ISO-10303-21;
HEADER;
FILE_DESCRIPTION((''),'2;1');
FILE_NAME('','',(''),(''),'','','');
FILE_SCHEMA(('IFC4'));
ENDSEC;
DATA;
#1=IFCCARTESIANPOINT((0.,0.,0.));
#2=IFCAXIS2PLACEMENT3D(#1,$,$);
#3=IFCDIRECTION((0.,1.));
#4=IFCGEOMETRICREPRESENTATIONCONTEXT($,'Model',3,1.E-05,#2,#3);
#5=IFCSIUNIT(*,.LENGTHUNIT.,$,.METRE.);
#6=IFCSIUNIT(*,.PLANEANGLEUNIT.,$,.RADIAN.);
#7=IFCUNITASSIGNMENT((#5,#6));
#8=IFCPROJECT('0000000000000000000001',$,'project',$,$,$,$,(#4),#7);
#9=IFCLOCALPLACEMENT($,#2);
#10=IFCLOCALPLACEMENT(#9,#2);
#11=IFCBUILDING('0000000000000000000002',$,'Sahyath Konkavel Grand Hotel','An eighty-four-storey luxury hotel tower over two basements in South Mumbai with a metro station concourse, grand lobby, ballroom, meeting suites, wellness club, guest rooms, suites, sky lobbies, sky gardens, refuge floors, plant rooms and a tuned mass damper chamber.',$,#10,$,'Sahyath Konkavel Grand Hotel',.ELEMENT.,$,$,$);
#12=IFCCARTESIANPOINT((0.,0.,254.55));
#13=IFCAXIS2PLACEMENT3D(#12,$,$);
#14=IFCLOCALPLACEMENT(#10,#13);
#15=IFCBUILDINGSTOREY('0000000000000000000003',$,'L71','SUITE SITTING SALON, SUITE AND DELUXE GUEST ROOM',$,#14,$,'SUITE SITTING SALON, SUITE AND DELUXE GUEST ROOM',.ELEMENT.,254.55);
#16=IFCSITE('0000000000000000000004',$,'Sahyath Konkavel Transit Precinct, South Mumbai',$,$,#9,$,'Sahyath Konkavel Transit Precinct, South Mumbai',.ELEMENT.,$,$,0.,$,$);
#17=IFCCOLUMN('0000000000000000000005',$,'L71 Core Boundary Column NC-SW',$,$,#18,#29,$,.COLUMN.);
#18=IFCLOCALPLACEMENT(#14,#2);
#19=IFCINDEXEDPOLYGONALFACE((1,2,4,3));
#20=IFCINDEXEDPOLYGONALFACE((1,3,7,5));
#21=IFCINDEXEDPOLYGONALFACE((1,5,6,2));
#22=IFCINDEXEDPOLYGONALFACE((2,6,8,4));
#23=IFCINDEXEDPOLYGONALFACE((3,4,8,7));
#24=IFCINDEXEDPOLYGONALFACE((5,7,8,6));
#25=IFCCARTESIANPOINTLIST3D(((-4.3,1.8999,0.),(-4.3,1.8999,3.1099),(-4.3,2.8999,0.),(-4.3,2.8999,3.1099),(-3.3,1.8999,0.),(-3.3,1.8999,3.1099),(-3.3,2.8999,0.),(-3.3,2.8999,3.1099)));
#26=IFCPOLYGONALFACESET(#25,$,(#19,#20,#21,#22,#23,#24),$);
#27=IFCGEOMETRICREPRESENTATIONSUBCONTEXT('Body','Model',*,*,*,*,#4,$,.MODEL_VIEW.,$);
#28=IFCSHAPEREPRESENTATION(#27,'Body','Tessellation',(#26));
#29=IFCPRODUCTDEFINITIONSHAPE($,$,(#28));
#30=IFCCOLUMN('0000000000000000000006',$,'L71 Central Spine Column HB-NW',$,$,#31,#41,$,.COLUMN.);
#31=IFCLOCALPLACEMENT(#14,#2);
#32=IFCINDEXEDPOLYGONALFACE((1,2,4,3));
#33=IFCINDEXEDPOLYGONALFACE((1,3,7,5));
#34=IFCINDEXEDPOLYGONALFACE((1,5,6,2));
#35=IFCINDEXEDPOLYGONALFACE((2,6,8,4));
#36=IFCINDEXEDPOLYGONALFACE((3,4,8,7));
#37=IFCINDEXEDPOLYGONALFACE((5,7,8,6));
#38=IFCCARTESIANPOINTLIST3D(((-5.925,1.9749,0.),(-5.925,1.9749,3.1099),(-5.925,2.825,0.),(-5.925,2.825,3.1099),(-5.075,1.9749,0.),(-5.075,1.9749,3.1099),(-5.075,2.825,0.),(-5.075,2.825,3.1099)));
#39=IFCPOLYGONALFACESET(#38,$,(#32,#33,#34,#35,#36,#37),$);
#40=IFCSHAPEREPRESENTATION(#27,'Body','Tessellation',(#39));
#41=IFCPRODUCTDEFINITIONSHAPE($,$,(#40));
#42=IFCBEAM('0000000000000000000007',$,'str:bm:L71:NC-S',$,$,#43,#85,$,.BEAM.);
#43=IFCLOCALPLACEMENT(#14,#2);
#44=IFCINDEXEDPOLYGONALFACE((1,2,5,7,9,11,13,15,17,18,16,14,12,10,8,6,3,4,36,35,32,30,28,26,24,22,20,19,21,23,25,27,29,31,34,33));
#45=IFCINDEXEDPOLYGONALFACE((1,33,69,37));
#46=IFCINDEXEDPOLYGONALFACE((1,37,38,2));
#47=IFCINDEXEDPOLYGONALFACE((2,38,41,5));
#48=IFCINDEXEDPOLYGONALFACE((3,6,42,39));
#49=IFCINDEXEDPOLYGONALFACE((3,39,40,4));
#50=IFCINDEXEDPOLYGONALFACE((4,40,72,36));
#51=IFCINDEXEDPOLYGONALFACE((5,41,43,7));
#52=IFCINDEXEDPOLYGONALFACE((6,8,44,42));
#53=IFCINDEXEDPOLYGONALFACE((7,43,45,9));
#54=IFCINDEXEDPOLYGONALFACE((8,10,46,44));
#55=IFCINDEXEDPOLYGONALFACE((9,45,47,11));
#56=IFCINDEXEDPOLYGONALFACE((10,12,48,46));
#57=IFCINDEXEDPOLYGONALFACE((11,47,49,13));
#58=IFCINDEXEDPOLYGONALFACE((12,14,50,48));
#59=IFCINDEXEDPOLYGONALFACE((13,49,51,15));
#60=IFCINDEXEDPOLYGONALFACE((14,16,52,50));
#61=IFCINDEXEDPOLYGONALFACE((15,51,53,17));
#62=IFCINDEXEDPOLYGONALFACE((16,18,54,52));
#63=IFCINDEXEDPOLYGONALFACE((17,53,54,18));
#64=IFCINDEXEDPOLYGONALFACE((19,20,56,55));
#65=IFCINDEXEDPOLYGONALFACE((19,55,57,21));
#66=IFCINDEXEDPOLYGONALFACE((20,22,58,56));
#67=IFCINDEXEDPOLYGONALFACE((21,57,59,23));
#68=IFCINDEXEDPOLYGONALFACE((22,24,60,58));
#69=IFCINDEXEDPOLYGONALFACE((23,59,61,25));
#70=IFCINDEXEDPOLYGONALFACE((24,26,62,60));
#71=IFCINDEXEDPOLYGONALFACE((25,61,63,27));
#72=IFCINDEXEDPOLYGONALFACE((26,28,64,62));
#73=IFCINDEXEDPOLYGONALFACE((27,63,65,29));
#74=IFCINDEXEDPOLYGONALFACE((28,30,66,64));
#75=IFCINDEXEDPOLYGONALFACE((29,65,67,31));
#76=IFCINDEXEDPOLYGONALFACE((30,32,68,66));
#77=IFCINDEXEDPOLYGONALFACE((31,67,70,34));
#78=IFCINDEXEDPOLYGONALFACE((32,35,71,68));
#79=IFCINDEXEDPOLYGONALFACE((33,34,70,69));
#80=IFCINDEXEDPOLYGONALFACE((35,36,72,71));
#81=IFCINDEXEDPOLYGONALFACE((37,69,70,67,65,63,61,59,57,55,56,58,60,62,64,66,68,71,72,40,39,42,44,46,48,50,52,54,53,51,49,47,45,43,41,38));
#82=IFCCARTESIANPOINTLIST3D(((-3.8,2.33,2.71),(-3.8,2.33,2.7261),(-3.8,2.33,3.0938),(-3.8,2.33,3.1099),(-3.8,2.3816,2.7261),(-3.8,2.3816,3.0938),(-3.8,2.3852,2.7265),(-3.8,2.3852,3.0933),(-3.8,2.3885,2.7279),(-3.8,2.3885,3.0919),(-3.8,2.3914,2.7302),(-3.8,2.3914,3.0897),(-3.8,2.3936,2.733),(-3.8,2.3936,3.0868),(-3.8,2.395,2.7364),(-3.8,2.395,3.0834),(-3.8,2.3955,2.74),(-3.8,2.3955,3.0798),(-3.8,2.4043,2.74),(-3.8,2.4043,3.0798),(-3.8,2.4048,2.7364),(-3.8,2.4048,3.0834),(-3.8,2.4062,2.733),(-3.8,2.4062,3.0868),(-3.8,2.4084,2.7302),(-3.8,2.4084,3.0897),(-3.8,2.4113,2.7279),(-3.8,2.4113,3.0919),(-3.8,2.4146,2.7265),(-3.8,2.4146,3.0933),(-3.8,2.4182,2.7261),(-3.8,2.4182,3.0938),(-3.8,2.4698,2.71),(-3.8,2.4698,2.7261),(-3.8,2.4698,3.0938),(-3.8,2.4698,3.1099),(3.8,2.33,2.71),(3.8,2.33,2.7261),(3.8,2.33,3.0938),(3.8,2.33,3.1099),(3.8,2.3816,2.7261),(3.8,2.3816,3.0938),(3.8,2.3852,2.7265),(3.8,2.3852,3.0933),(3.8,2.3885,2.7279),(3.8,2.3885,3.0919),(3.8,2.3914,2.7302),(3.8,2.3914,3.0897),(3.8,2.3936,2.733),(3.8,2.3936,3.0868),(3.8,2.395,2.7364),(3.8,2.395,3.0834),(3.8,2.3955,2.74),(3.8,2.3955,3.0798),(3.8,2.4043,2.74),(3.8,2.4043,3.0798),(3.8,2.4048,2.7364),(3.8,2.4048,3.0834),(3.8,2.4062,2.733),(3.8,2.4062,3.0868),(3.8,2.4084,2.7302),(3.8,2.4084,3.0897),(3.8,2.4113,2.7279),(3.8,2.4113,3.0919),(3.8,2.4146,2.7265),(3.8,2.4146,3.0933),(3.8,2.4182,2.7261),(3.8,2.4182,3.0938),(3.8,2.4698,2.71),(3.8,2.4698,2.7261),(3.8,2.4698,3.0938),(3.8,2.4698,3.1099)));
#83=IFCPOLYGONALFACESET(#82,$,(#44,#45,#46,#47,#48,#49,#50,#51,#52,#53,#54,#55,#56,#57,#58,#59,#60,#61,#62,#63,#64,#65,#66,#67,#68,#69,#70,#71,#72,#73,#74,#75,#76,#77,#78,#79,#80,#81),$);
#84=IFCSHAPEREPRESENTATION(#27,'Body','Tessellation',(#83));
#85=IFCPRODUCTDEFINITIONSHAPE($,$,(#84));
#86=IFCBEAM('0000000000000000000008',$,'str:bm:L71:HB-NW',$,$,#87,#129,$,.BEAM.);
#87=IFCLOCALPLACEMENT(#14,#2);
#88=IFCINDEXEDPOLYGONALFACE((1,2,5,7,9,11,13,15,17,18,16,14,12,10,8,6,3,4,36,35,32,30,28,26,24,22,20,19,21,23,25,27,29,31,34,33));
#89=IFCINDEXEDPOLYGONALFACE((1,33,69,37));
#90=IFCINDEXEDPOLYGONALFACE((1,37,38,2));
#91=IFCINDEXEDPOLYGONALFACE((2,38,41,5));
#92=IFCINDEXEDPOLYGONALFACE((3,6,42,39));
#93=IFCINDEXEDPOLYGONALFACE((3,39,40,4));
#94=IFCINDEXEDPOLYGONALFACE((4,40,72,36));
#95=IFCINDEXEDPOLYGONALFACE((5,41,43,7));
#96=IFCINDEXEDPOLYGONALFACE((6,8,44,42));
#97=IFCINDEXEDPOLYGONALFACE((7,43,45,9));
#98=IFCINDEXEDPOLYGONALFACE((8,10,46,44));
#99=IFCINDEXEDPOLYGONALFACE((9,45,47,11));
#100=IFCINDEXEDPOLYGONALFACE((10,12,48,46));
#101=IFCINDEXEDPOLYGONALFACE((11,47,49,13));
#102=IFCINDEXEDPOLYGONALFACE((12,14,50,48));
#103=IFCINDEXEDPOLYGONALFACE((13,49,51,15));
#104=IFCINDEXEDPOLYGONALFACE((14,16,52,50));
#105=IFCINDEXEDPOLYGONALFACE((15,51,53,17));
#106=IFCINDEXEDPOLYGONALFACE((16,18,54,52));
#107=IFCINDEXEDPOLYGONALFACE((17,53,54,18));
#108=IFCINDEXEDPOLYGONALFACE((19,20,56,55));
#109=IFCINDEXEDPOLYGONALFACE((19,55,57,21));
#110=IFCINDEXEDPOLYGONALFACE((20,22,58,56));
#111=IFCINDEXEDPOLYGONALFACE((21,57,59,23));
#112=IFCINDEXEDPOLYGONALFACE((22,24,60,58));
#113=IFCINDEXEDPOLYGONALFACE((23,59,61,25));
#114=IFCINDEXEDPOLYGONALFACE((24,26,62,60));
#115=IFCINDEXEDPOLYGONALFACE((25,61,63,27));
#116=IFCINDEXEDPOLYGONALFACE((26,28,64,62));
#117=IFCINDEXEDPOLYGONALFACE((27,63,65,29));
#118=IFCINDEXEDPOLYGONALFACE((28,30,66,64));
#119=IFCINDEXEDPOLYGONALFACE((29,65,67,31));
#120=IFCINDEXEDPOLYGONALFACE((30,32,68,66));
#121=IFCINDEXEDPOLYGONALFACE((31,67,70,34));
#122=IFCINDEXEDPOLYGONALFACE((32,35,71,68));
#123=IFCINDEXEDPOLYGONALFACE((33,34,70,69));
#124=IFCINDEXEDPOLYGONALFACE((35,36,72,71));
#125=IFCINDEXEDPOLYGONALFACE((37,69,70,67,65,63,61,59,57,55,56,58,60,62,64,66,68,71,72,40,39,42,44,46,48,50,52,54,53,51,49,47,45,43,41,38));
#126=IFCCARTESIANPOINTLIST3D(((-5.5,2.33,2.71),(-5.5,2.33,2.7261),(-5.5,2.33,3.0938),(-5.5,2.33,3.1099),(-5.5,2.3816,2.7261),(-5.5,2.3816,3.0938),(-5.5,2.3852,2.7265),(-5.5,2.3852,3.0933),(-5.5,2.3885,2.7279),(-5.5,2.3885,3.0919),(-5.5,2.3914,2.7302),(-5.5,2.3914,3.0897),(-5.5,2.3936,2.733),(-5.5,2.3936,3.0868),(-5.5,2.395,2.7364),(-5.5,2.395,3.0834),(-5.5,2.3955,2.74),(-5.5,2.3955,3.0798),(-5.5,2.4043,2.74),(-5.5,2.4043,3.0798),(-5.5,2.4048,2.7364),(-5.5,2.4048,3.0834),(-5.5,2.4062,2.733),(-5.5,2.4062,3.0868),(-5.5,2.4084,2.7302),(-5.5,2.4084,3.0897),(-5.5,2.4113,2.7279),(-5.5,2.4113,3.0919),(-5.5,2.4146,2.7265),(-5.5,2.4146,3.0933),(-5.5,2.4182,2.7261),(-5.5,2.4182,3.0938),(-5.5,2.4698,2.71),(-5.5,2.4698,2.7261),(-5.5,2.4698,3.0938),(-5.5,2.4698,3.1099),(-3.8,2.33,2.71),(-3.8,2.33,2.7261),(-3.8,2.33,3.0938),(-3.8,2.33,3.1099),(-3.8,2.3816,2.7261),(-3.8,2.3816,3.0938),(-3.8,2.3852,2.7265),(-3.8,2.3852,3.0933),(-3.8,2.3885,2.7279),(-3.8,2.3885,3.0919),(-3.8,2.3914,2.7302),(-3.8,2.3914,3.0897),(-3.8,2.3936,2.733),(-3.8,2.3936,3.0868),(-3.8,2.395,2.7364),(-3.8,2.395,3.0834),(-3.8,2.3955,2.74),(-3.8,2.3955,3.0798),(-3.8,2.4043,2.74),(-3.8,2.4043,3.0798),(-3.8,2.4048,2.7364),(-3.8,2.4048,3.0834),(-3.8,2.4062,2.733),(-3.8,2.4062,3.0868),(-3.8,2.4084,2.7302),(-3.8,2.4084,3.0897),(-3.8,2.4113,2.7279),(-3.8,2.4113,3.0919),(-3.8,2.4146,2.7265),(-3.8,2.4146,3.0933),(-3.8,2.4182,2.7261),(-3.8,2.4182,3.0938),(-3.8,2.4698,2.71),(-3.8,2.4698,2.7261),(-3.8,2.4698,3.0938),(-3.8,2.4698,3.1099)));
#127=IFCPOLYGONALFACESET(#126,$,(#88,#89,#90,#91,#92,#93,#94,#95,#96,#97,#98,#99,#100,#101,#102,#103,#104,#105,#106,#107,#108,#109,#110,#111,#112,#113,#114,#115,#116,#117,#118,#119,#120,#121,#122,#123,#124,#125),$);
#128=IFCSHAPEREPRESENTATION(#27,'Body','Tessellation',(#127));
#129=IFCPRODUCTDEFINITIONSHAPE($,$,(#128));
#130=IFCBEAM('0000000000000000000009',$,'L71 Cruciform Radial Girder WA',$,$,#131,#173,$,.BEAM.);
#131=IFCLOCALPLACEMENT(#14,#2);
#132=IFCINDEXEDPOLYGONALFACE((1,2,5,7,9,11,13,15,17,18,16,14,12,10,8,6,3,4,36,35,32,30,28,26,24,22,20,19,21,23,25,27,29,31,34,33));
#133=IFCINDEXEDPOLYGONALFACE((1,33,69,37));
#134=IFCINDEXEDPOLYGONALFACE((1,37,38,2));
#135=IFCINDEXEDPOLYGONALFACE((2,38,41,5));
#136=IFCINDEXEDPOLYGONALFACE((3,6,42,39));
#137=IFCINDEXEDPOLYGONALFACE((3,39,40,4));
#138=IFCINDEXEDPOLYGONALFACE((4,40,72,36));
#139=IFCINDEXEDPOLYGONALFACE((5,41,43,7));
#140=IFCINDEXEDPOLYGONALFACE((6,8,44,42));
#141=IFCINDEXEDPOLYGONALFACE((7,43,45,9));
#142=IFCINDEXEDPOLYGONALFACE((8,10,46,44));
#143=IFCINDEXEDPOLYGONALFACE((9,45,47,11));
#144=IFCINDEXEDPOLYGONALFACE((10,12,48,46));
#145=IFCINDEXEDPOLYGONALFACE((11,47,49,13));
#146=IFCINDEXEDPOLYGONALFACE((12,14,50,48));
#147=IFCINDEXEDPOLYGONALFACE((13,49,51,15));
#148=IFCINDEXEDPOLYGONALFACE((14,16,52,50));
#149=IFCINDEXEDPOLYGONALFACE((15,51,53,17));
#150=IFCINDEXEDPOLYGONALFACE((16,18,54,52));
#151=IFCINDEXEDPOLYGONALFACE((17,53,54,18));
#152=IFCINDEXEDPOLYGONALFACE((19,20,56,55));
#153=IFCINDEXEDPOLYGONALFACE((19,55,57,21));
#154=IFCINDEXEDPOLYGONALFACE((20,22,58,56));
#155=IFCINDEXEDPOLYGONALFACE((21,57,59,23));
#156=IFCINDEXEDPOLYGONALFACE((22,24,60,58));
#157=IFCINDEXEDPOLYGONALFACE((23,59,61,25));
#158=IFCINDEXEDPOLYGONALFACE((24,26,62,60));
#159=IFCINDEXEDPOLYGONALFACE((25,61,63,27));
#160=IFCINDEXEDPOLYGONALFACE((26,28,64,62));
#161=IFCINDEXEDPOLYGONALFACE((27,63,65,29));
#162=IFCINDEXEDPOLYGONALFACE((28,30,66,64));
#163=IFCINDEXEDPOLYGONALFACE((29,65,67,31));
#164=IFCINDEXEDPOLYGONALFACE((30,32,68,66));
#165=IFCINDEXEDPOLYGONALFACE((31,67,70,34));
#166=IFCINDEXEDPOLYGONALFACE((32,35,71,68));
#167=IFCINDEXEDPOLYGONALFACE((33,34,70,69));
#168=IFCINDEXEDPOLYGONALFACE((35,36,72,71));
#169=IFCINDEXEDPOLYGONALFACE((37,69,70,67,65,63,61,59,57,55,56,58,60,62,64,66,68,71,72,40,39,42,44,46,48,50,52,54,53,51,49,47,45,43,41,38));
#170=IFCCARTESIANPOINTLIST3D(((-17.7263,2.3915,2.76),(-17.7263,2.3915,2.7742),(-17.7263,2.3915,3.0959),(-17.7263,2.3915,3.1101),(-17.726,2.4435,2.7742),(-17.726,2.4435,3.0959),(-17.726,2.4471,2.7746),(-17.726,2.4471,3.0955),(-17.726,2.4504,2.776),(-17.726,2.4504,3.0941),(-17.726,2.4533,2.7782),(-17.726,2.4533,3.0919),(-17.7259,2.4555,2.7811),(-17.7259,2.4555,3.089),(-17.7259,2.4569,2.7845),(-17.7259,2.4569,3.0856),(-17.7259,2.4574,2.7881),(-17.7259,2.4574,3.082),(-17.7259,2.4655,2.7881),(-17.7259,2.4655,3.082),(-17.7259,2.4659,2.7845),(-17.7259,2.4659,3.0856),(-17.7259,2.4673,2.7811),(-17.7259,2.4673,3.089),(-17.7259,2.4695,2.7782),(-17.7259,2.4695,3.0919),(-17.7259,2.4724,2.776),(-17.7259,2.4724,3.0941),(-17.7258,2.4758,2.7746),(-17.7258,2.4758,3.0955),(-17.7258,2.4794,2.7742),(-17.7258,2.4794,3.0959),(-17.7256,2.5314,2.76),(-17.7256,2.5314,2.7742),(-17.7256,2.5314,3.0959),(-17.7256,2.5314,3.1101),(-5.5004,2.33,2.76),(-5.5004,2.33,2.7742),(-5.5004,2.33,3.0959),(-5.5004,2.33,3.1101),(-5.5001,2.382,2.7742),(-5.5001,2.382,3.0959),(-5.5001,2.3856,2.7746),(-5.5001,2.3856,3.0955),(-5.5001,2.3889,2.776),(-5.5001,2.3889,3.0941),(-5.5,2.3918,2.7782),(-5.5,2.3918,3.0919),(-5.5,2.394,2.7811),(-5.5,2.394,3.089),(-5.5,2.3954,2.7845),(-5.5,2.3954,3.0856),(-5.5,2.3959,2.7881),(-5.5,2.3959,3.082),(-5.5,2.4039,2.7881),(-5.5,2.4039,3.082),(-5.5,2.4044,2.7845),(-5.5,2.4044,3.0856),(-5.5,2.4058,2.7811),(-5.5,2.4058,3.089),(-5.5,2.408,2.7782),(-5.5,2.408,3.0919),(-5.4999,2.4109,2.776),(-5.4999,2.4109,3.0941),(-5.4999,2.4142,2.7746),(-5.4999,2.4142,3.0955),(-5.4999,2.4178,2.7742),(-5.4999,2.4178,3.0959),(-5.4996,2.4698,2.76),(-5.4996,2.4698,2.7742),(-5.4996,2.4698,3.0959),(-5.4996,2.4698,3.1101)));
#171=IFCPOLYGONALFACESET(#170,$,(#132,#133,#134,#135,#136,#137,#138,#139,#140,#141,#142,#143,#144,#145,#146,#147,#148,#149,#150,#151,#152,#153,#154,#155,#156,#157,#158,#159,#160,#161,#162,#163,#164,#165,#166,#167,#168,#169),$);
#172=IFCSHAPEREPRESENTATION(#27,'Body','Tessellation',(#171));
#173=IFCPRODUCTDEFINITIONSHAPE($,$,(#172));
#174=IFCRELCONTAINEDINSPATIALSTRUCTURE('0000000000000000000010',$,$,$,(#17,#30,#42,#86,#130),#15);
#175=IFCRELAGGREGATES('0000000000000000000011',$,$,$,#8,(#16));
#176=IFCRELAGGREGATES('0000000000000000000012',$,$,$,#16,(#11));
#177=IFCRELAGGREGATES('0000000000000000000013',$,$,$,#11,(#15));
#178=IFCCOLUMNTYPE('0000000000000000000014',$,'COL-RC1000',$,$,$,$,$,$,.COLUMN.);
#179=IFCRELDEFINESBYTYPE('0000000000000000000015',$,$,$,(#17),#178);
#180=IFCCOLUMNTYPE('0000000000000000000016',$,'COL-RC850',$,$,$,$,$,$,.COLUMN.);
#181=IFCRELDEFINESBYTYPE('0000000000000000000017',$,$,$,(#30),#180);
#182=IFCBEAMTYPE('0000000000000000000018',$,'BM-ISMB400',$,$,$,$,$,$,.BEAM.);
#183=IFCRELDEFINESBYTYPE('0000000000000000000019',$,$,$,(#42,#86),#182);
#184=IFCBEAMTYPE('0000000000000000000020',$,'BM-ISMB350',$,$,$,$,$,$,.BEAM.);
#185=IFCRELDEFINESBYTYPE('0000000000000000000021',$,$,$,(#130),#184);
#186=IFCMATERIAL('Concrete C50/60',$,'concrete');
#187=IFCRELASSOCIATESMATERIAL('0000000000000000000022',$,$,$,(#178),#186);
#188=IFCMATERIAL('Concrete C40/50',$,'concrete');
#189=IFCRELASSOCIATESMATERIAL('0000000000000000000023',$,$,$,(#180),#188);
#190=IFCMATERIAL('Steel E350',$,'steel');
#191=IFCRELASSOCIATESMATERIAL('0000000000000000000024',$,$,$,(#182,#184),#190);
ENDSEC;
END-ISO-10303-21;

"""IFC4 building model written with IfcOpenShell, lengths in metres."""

from ifc_helpers import new_model, si_unit, direction, frame, origin, origin_2d, place, context, subcontext, project, spatial, rectangle, i_section, extrude, source, transform, mapped, material, material_profile, profile_set, type_object, element, save


model = new_model("IFC4")

# Units and contexts
model_context = context("Model", 3, precision=1e-05, world=origin(), true_north=direction((0.0, 1.0)))
body_context = subcontext(model_context, "Body", "Model", "MODEL_VIEW")
ifc_project = project(units=[si_unit("LENGTHUNIT", "METRE"), si_unit("PLANEANGLEUNIT", "RADIAN")], contexts=[model_context])

# Site, building, storey
site_placement = place(None, origin())
site = spatial("IfcSite", under=ifc_project, at=site_placement, Name="Sahyath Konkavel Transit Precinct, South Mumbai", LongName="Sahyath Konkavel Transit Precinct, South Mumbai", CompositionType="ELEMENT", RefElevation=0.0)
building_placement = place(site_placement, origin())
building = spatial("IfcBuilding", under=site, at=building_placement, Name="Sahyath Konkavel Grand Hotel", Description="An eighty-four-storey luxury hotel tower over two basements in South Mumbai with a metro station concourse, grand lobby, ballroom, meeting suites, wellness club, guest rooms, suites, sky lobbies, sky gardens, refuge floors, plant rooms and a tuned mass damper chamber.", LongName="Sahyath Konkavel Grand Hotel", CompositionType="ELEMENT")
storey_placement = place(building_placement, frame((0.0, 0.0, 254.55)))
storey = spatial("IfcBuildingStorey", under=building, at=storey_placement, Name="L71", Description="SUITE SITTING SALON, SUITE AND DELUXE GUEST ROOM", LongName="SUITE SITTING SALON, SUITE AND DELUXE GUEST ROOM", CompositionType="ELEMENT", Elevation=254.55)

# Columns
ifc_material_1 = material(Name="Concrete C50/60", Category="concrete")
ifc_material_profile_1 = material_profile(ifc_material_1, rectangle(XDim=1.0, YDim=1.0, at=origin_2d()), Name="RC 1000x1000")
ifc_profile_set_1 = profile_set([ifc_material_profile_1], Name="Concrete C50/60")
column_type_1 = type_object("IfcColumnType", Name="COL-RC1000", PredefinedType="COLUMN", material=ifc_profile_set_1)
shared_shape_1 = source(origin(), body_context, "Body", "SweptSolid", [
    extrude(rectangle(XDim=1.0, YDim=1.0, at=origin_2d()), origin(), (0.0, 0.0, 1.0), 3.1099),
])
column_1_placement = place(storey_placement, frame((-3.8, 2.3999, 0.0), z_axis=(0.0, 0.0, 1.0), x_axis=(1.0, 0.0, 0.0)))
element("IfcColumn", 1, at=column_1_placement, inside=storey, type_object=column_type_1, Name="L71 Core Boundary Column NC-SW", PredefinedType="COLUMN", context=body_context, shape_type="MappedRepresentation", body=[
    mapped(shared_shape_1, transform((0.0, 0.0, 0.0), scale=1.0)),
])
ifc_material_2 = material(Name="Concrete C40/50", Category="concrete")
ifc_material_profile_2 = material_profile(ifc_material_2, rectangle(XDim=0.8501, YDim=0.8501, at=origin_2d()), Name="RC 850x850")
ifc_profile_set_2 = profile_set([ifc_material_profile_2], Name="Concrete C40/50")
column_type_2 = type_object("IfcColumnType", Name="COL-RC850", PredefinedType="COLUMN", material=ifc_profile_set_2)
shared_shape_2 = source(origin(), body_context, "Body", "SweptSolid", [
    extrude(rectangle(XDim=0.8501, YDim=0.8501, at=origin_2d()), origin(), (0.0, 0.0, 1.0), 3.1099),
])
column_2_placement = place(storey_placement, frame((-5.5, 2.3999, 0.0), z_axis=(0.0, 0.0, 1.0), x_axis=(1.0, 0.0, 0.0)))
element("IfcColumn", 2, at=column_2_placement, inside=storey, type_object=column_type_2, Name="L71 Central Spine Column HB-NW", PredefinedType="COLUMN", context=body_context, shape_type="MappedRepresentation", body=[
    mapped(shared_shape_2, transform((0.0, 0.0, 0.0), scale=1.0)),
])

# Beams
ifc_material_3 = material(Name="Steel E350", Category="steel")
ifc_material_profile_3 = material_profile(ifc_material_3, i_section(OverallWidth=0.1399, OverallDepth=0.3999, WebThickness=0.0088, FlangeThickness=0.0161, FilletRadius=0.0139, at=origin_2d()), Name="ISMB 400")
ifc_profile_set_3 = profile_set([ifc_material_profile_3], Name="Steel E350")
beam_type_1 = type_object("IfcBeamType", Name="BM-ISMB400", PredefinedType="BEAM", material=ifc_profile_set_3)
shared_shape_3 = source(origin(), body_context, "Body", "SweptSolid", [
    extrude(i_section(OverallWidth=0.1399, OverallDepth=0.3999, WebThickness=0.0088, FlangeThickness=0.0161, FilletRadius=0.0139, at=origin_2d()), origin(), (0.0, 0.0, 1.0), 7.6001),
])
beam_1_placement = place(storey_placement, frame((-3.8, 2.3999, 2.9099), z_axis=(1.0, 0.0, 0.0), x_axis=(0.0, 1.0, 0.0)))
element("IfcBeam", 3, at=beam_1_placement, inside=storey, type_object=beam_type_1, Name="str:bm:L71:NC-S", PredefinedType="BEAM", context=body_context, shape_type="MappedRepresentation", body=[
    mapped(shared_shape_3, transform((0.0, 0.0, 0.0), scale=1.0)),
])
shared_shape_4 = source(origin(), body_context, "Body", "SweptSolid", [
    extrude(i_section(OverallWidth=0.1399, OverallDepth=0.3999, WebThickness=0.0088, FlangeThickness=0.0161, FilletRadius=0.0139, at=origin_2d()), origin(), (0.0, 0.0, 1.0), 1.7),
])
beam_2_placement = place(storey_placement, frame((-5.5, 2.3999, 2.9099), z_axis=(1.0, 0.0, 0.0), x_axis=(0.0, 1.0, 0.0)))
element("IfcBeam", 4, at=beam_2_placement, inside=storey, type_object=beam_type_1, Name="str:bm:L71:HB-NW", PredefinedType="BEAM", context=body_context, shape_type="MappedRepresentation", body=[
    mapped(shared_shape_4, transform((0.0, 0.0, 0.0), scale=1.0)),
])
ifc_material_profile_4 = material_profile(ifc_material_3, i_section(OverallWidth=0.1399, OverallDepth=0.3501, WebThickness=0.0081, FlangeThickness=0.0142, FilletRadius=0.0139, at=origin_2d()), Name="ISMB 350")
ifc_profile_set_4 = profile_set([ifc_material_profile_4], Name="Steel E350")
beam_type_2 = type_object("IfcBeamType", Name="BM-ISMB350", PredefinedType="BEAM", material=ifc_profile_set_4)
shared_shape_5 = source(origin(), body_context, "Body", "SweptSolid", [
    extrude(i_section(OverallWidth=0.1399, OverallDepth=0.3501, WebThickness=0.0081, FlangeThickness=0.0142, FilletRadius=0.0139, at=origin_2d()), origin(), (0.0, 0.0, 1.0), 12.2261),
])
beam_3_placement = place(storey_placement, frame((-5.5, 2.3999, 2.9351), z_axis=(-0.999987, 0.005032, 0.0), x_axis=(-0.005032, -0.999987, 0.0)))
element("IfcBeam", 5, at=beam_3_placement, inside=storey, type_object=beam_type_2, Name="L71 Cruciform Radial Girder WA", PredefinedType="BEAM", context=body_context, shape_type="MappedRepresentation", body=[
    mapped(shared_shape_5, transform((0.0, 0.0, 0.0), scale=1.0)),
])

save(model, "model.ifc")
